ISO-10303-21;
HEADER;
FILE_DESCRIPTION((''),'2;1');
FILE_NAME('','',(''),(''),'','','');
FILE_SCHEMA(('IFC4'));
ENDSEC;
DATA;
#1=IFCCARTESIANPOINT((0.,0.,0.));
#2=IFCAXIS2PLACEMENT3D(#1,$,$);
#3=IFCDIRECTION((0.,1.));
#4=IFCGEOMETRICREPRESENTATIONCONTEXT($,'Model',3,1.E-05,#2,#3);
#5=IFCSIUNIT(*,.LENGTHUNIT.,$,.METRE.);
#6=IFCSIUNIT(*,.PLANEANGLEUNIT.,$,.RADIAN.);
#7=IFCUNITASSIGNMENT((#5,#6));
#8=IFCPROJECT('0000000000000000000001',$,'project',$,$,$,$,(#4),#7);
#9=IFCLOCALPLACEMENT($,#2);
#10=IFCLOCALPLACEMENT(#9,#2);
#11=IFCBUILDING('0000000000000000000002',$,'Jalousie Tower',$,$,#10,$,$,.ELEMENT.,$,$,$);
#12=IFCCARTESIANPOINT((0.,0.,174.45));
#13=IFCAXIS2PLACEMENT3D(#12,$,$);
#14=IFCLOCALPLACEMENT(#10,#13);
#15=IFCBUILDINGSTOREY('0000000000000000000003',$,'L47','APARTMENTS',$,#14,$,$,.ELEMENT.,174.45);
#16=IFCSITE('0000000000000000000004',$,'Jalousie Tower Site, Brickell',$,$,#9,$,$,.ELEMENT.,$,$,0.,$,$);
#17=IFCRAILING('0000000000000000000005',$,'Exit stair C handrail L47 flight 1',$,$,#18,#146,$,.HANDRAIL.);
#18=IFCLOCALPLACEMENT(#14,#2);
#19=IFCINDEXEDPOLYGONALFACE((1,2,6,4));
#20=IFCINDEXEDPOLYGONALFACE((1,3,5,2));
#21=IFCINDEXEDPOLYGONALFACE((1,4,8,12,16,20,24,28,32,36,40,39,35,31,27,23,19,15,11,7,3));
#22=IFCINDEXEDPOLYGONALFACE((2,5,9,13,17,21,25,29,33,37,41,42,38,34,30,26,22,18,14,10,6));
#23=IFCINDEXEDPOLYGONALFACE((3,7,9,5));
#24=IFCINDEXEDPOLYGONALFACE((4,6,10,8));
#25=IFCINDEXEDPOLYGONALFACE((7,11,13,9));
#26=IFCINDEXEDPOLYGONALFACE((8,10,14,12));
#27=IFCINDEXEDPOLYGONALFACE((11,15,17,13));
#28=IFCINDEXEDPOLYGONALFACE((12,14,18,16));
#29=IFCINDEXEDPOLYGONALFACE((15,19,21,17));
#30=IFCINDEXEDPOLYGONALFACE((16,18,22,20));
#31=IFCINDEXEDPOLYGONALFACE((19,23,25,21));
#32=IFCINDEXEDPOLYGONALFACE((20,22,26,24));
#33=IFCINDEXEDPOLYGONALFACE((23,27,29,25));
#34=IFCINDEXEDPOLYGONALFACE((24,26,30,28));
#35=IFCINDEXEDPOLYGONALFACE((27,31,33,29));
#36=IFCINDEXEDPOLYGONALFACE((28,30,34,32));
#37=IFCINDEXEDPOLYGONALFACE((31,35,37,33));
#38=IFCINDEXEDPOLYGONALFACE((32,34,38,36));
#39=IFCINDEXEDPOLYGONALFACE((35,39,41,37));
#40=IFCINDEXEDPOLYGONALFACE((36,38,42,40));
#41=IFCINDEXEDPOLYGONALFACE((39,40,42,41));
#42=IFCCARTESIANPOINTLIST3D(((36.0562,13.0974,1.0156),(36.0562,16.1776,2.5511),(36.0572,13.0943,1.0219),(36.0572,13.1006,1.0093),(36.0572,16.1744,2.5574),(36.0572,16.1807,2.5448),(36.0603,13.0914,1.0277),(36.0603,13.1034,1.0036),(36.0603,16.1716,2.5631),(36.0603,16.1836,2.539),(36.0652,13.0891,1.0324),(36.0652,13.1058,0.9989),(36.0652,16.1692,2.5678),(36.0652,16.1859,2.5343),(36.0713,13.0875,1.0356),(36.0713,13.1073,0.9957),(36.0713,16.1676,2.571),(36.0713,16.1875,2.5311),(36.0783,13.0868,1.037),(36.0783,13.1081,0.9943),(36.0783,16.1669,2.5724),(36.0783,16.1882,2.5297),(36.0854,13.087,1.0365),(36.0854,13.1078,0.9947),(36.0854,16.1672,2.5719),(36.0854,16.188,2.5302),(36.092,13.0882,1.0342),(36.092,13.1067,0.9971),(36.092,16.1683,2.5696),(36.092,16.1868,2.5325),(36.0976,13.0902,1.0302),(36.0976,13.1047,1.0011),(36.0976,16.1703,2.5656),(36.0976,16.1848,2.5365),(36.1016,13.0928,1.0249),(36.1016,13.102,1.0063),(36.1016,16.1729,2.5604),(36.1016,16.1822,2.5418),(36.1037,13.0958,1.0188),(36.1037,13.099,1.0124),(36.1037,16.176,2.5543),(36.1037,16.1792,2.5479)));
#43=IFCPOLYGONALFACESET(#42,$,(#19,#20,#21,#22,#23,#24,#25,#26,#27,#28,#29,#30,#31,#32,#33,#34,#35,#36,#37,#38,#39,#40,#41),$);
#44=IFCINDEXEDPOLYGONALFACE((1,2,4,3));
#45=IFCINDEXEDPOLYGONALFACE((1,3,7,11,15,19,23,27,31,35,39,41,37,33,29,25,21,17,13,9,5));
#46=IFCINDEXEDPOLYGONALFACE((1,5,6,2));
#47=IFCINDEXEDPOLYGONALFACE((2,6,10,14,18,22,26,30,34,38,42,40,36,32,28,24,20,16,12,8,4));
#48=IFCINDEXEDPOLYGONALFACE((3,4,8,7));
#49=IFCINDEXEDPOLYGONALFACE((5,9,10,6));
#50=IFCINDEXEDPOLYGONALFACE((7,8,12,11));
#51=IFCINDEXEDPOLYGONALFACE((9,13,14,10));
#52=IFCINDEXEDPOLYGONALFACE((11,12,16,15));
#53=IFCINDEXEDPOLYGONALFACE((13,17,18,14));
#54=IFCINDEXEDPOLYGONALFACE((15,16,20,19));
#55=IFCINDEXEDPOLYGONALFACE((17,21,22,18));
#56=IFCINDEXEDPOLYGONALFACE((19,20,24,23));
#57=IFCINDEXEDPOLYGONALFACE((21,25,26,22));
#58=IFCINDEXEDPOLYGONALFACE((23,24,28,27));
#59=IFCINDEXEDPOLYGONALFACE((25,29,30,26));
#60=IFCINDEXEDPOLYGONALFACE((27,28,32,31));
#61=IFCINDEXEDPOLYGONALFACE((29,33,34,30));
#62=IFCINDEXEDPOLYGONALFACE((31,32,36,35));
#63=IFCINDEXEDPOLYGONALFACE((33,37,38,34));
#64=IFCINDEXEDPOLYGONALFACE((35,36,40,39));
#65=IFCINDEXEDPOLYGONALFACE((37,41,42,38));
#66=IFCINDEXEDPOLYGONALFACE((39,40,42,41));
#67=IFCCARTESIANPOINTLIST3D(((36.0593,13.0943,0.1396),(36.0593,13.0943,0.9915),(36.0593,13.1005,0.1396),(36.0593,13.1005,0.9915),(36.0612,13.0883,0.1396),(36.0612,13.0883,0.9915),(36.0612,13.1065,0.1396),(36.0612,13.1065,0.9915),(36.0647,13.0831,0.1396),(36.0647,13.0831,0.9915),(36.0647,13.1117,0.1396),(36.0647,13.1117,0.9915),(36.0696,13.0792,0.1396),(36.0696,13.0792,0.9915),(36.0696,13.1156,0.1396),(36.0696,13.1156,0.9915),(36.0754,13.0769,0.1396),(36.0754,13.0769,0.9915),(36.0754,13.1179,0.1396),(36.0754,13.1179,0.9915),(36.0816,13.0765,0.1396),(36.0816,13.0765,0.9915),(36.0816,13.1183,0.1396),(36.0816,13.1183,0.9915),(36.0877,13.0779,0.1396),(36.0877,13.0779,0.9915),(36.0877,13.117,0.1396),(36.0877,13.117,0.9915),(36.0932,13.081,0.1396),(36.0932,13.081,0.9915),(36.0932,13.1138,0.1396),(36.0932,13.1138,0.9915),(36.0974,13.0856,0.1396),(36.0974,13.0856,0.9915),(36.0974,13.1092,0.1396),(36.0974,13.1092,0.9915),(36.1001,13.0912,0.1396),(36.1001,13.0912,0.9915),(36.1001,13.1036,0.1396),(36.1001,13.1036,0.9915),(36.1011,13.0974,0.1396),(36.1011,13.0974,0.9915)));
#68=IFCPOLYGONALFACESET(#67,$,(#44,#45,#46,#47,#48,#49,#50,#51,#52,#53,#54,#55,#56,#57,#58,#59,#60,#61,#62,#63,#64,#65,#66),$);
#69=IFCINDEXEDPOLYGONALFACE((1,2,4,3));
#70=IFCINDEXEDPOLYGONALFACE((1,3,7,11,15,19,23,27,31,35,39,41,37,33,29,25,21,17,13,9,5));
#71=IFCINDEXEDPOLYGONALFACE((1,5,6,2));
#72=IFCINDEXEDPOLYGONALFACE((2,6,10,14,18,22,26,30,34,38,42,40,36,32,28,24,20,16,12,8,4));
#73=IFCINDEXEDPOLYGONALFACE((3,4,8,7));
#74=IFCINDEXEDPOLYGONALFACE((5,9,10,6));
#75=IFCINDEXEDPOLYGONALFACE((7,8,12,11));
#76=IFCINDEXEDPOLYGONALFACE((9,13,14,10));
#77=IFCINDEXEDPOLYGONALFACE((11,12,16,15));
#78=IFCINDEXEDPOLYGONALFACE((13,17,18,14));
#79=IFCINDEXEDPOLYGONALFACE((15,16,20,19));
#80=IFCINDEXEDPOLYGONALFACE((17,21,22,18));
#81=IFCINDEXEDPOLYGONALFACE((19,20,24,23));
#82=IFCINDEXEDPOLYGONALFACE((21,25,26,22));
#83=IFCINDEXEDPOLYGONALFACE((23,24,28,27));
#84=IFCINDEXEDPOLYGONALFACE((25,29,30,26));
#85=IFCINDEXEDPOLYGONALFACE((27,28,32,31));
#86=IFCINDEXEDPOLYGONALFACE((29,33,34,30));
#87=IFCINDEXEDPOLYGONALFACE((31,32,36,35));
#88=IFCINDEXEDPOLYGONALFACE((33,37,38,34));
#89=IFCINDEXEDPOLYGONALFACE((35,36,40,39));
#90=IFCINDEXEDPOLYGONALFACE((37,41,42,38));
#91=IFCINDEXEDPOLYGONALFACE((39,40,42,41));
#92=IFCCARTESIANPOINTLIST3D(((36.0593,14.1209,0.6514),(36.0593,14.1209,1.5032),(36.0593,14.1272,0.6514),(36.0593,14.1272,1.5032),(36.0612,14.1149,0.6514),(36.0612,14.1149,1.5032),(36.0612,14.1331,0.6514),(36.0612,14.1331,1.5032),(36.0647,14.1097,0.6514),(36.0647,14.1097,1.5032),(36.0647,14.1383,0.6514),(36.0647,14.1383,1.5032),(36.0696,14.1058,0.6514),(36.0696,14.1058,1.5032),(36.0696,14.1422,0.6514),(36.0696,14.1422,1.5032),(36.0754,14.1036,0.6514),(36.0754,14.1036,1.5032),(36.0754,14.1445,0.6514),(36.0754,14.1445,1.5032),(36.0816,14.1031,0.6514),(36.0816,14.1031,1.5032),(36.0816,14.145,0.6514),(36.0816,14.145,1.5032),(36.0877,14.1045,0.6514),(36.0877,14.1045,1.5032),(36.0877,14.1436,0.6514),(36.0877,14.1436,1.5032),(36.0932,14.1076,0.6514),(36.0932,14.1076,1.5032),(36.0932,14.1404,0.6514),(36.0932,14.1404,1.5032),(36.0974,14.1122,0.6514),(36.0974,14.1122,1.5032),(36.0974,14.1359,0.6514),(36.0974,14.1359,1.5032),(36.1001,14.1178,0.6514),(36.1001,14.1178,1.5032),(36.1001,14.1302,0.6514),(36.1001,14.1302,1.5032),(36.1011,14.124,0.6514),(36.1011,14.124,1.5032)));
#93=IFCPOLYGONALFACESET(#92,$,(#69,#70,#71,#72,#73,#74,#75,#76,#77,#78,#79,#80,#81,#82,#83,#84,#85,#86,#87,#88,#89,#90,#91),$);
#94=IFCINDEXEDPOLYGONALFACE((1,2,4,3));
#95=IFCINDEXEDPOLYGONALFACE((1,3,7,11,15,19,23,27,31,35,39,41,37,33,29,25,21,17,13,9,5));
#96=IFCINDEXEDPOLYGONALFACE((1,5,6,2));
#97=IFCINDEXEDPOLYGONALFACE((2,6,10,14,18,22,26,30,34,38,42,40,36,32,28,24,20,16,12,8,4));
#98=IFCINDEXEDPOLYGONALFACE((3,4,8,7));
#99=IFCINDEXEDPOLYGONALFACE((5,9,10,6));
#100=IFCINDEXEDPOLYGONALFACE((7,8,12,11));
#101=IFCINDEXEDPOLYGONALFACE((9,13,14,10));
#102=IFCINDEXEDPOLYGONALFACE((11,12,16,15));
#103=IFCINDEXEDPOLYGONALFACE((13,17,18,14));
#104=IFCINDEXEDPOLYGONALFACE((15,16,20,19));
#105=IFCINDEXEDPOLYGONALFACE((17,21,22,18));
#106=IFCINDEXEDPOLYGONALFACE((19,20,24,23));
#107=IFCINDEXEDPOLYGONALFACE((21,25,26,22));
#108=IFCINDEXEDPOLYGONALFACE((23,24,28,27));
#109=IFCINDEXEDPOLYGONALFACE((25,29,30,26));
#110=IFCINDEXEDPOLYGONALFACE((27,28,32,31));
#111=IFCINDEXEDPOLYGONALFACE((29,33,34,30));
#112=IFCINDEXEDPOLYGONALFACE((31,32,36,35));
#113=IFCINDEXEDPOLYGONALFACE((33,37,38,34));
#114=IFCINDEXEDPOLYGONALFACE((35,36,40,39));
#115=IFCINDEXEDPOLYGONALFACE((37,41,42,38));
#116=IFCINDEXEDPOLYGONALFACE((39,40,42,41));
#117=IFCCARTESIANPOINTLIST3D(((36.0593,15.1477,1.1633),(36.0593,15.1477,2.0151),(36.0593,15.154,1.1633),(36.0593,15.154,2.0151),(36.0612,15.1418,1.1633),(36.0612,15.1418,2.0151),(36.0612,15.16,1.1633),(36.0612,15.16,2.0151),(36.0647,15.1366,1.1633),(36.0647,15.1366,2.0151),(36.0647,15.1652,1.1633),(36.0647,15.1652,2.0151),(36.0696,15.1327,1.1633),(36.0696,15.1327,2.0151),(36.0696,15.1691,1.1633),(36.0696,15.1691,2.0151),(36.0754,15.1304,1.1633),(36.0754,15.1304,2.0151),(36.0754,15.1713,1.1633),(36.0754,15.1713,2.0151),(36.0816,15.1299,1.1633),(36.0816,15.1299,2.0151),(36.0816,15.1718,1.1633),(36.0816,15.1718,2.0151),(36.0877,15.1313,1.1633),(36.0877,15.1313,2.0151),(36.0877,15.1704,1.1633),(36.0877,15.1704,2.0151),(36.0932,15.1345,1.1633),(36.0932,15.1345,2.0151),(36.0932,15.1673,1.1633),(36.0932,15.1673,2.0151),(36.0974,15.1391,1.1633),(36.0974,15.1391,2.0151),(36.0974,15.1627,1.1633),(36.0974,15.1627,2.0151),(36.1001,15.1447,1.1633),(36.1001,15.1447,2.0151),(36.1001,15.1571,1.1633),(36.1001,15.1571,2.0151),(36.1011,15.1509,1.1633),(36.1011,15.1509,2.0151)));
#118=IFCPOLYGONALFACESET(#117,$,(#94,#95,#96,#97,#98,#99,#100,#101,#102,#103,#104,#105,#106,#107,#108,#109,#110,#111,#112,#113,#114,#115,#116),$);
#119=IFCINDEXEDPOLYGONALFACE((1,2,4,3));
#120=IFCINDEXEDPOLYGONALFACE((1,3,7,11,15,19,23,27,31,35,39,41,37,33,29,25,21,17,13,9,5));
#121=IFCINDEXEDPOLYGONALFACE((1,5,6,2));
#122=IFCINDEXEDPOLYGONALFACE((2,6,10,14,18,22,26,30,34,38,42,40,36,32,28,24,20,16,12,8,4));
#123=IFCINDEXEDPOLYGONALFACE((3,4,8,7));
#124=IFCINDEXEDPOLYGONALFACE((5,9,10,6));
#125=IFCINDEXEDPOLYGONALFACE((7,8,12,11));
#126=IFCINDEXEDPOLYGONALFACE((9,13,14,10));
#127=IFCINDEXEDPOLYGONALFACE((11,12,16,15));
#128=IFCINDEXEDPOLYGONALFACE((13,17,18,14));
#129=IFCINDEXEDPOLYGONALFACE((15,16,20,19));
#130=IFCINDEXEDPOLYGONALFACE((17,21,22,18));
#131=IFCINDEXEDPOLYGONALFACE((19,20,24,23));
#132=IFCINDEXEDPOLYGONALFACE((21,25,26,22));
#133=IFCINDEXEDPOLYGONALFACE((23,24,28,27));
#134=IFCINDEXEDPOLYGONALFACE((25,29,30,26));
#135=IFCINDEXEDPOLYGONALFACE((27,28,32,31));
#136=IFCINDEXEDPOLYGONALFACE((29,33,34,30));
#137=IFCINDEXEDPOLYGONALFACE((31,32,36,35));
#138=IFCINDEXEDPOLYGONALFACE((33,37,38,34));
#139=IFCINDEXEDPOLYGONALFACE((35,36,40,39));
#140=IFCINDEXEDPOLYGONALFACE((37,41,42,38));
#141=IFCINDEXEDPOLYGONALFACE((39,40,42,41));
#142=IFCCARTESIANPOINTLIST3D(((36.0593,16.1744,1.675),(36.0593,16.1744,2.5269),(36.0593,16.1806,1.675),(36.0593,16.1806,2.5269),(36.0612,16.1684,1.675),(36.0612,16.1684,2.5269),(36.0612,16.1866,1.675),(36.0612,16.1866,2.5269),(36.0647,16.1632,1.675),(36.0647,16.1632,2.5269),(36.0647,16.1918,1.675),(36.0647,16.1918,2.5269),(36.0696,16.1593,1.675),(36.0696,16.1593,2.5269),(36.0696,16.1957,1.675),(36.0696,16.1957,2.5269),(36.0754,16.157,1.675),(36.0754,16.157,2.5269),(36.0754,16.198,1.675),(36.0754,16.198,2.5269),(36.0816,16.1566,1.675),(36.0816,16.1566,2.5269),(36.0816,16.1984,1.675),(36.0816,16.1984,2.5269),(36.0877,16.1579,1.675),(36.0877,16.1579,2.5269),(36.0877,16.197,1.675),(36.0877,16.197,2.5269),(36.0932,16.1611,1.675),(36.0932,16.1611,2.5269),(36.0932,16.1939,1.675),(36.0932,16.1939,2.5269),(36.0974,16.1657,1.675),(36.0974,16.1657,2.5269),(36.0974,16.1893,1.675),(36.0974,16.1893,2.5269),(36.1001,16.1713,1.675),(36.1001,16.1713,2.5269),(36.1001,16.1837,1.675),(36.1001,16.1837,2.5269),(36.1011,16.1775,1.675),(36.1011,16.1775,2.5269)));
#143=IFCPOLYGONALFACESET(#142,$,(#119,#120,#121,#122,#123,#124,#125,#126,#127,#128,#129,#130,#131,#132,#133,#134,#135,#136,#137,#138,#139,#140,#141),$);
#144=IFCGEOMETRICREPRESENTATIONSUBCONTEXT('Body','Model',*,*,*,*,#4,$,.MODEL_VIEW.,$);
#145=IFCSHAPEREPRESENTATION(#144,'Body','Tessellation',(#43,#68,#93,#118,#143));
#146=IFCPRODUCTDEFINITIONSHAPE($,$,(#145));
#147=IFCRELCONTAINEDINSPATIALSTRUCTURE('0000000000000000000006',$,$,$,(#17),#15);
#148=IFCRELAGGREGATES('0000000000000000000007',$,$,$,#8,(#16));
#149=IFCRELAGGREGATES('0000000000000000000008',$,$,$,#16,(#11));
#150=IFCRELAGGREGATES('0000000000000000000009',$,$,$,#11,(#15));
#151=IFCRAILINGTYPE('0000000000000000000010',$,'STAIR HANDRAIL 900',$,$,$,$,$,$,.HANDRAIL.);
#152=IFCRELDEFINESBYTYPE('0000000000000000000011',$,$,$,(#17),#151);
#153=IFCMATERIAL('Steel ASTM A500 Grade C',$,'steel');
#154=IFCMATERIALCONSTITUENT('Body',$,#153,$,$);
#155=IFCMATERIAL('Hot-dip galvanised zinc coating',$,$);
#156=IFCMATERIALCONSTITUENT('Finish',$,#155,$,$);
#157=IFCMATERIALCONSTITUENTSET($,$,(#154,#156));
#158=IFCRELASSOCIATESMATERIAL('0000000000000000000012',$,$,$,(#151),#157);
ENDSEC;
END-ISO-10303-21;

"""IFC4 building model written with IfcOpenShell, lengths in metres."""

from ifc_helpers import new_model, si_unit, direction, frame, origin, origin_2d, place, context, subcontext, project, spatial, circle, extrude, material, constituent, constituent_set, type_object, element, save


model = new_model("IFC4")

# Units and contexts
model_context = context("Model", 3, precision=1e-05, world=origin(), true_north=direction((0.0, 1.0)))
body_context = subcontext(model_context, "Body", "Model", "MODEL_VIEW")
ifc_project = project(units=[si_unit("LENGTHUNIT", "METRE"), si_unit("PLANEANGLEUNIT", "RADIAN")], contexts=[model_context])

# Site, building, storey
site_placement = place(None, origin())
site = spatial("IfcSite", under=ifc_project, at=site_placement, Name="Jalousie Tower Site, Brickell", CompositionType="ELEMENT", RefElevation=0.0)
building_placement = place(site_placement, origin())
building = spatial("IfcBuilding", under=site, at=building_placement, Name="Jalousie Tower", CompositionType="ELEMENT")
storey_placement = place(building_placement, frame((0.0, 0.0, 174.45)))
storey = spatial("IfcBuildingStorey", under=building, at=storey_placement, Name="L47", Description="APARTMENTS", CompositionType="ELEMENT", Elevation=174.45)

# Railing
ifc_material_1 = material(Name="Steel ASTM A500 Grade C", Category="steel")
ifc_constituent_1 = constituent(ifc_material_1, Name="Body")
ifc_material_2 = material(Name="Hot-dip galvanised zinc coating")
ifc_constituent_2 = constituent(ifc_material_2, Name="Finish")
ifc_constituent_set_1 = constituent_set(constituents=[ifc_constituent_1, ifc_constituent_2])
railing_type_1 = type_object("IfcRailingType", Name="STAIR HANDRAIL 900", PredefinedType="HANDRAIL", material=ifc_constituent_set_1)
railing_1_placement = place(storey_placement, frame((36.0801, 13.0974, 0.1396)))
element("IfcRailing", 1, at=railing_1_placement, inside=storey, type_object=railing_type_1, Name="Exit stair C handrail L47 flight 1", PredefinedType="HANDRAIL", context=body_context, shape_type="SweptSolid", body=[
    extrude(circle(Radius=0.0239, at=origin_2d()), frame((0.0, 0.0, 0.876), z_axis=(0.0, 0.894966, 0.446135), x_axis=(-1.0, 0.0, 0.0)), (0.0, 0.0, 1.0), 3.4417),
    extrude(circle(Radius=0.021, at=origin_2d()), origin(), (0.0, 0.0, 1.0), 0.8518),
    extrude(circle(Radius=0.021, at=origin_2d()), frame((0.0, 1.0266, 0.5117)), (0.0, 0.0, 1.0), 0.8518),
    extrude(circle(Radius=0.021, at=origin_2d()), frame((0.0, 2.0535, 1.0237)), (0.0, 0.0, 1.0), 0.8518),
    extrude(circle(Radius=0.021, at=origin_2d()), frame((0.0, 3.0801, 1.5354)), (0.0, 0.0, 1.0), 0.8518),
])

save(model, "model.ifc")
